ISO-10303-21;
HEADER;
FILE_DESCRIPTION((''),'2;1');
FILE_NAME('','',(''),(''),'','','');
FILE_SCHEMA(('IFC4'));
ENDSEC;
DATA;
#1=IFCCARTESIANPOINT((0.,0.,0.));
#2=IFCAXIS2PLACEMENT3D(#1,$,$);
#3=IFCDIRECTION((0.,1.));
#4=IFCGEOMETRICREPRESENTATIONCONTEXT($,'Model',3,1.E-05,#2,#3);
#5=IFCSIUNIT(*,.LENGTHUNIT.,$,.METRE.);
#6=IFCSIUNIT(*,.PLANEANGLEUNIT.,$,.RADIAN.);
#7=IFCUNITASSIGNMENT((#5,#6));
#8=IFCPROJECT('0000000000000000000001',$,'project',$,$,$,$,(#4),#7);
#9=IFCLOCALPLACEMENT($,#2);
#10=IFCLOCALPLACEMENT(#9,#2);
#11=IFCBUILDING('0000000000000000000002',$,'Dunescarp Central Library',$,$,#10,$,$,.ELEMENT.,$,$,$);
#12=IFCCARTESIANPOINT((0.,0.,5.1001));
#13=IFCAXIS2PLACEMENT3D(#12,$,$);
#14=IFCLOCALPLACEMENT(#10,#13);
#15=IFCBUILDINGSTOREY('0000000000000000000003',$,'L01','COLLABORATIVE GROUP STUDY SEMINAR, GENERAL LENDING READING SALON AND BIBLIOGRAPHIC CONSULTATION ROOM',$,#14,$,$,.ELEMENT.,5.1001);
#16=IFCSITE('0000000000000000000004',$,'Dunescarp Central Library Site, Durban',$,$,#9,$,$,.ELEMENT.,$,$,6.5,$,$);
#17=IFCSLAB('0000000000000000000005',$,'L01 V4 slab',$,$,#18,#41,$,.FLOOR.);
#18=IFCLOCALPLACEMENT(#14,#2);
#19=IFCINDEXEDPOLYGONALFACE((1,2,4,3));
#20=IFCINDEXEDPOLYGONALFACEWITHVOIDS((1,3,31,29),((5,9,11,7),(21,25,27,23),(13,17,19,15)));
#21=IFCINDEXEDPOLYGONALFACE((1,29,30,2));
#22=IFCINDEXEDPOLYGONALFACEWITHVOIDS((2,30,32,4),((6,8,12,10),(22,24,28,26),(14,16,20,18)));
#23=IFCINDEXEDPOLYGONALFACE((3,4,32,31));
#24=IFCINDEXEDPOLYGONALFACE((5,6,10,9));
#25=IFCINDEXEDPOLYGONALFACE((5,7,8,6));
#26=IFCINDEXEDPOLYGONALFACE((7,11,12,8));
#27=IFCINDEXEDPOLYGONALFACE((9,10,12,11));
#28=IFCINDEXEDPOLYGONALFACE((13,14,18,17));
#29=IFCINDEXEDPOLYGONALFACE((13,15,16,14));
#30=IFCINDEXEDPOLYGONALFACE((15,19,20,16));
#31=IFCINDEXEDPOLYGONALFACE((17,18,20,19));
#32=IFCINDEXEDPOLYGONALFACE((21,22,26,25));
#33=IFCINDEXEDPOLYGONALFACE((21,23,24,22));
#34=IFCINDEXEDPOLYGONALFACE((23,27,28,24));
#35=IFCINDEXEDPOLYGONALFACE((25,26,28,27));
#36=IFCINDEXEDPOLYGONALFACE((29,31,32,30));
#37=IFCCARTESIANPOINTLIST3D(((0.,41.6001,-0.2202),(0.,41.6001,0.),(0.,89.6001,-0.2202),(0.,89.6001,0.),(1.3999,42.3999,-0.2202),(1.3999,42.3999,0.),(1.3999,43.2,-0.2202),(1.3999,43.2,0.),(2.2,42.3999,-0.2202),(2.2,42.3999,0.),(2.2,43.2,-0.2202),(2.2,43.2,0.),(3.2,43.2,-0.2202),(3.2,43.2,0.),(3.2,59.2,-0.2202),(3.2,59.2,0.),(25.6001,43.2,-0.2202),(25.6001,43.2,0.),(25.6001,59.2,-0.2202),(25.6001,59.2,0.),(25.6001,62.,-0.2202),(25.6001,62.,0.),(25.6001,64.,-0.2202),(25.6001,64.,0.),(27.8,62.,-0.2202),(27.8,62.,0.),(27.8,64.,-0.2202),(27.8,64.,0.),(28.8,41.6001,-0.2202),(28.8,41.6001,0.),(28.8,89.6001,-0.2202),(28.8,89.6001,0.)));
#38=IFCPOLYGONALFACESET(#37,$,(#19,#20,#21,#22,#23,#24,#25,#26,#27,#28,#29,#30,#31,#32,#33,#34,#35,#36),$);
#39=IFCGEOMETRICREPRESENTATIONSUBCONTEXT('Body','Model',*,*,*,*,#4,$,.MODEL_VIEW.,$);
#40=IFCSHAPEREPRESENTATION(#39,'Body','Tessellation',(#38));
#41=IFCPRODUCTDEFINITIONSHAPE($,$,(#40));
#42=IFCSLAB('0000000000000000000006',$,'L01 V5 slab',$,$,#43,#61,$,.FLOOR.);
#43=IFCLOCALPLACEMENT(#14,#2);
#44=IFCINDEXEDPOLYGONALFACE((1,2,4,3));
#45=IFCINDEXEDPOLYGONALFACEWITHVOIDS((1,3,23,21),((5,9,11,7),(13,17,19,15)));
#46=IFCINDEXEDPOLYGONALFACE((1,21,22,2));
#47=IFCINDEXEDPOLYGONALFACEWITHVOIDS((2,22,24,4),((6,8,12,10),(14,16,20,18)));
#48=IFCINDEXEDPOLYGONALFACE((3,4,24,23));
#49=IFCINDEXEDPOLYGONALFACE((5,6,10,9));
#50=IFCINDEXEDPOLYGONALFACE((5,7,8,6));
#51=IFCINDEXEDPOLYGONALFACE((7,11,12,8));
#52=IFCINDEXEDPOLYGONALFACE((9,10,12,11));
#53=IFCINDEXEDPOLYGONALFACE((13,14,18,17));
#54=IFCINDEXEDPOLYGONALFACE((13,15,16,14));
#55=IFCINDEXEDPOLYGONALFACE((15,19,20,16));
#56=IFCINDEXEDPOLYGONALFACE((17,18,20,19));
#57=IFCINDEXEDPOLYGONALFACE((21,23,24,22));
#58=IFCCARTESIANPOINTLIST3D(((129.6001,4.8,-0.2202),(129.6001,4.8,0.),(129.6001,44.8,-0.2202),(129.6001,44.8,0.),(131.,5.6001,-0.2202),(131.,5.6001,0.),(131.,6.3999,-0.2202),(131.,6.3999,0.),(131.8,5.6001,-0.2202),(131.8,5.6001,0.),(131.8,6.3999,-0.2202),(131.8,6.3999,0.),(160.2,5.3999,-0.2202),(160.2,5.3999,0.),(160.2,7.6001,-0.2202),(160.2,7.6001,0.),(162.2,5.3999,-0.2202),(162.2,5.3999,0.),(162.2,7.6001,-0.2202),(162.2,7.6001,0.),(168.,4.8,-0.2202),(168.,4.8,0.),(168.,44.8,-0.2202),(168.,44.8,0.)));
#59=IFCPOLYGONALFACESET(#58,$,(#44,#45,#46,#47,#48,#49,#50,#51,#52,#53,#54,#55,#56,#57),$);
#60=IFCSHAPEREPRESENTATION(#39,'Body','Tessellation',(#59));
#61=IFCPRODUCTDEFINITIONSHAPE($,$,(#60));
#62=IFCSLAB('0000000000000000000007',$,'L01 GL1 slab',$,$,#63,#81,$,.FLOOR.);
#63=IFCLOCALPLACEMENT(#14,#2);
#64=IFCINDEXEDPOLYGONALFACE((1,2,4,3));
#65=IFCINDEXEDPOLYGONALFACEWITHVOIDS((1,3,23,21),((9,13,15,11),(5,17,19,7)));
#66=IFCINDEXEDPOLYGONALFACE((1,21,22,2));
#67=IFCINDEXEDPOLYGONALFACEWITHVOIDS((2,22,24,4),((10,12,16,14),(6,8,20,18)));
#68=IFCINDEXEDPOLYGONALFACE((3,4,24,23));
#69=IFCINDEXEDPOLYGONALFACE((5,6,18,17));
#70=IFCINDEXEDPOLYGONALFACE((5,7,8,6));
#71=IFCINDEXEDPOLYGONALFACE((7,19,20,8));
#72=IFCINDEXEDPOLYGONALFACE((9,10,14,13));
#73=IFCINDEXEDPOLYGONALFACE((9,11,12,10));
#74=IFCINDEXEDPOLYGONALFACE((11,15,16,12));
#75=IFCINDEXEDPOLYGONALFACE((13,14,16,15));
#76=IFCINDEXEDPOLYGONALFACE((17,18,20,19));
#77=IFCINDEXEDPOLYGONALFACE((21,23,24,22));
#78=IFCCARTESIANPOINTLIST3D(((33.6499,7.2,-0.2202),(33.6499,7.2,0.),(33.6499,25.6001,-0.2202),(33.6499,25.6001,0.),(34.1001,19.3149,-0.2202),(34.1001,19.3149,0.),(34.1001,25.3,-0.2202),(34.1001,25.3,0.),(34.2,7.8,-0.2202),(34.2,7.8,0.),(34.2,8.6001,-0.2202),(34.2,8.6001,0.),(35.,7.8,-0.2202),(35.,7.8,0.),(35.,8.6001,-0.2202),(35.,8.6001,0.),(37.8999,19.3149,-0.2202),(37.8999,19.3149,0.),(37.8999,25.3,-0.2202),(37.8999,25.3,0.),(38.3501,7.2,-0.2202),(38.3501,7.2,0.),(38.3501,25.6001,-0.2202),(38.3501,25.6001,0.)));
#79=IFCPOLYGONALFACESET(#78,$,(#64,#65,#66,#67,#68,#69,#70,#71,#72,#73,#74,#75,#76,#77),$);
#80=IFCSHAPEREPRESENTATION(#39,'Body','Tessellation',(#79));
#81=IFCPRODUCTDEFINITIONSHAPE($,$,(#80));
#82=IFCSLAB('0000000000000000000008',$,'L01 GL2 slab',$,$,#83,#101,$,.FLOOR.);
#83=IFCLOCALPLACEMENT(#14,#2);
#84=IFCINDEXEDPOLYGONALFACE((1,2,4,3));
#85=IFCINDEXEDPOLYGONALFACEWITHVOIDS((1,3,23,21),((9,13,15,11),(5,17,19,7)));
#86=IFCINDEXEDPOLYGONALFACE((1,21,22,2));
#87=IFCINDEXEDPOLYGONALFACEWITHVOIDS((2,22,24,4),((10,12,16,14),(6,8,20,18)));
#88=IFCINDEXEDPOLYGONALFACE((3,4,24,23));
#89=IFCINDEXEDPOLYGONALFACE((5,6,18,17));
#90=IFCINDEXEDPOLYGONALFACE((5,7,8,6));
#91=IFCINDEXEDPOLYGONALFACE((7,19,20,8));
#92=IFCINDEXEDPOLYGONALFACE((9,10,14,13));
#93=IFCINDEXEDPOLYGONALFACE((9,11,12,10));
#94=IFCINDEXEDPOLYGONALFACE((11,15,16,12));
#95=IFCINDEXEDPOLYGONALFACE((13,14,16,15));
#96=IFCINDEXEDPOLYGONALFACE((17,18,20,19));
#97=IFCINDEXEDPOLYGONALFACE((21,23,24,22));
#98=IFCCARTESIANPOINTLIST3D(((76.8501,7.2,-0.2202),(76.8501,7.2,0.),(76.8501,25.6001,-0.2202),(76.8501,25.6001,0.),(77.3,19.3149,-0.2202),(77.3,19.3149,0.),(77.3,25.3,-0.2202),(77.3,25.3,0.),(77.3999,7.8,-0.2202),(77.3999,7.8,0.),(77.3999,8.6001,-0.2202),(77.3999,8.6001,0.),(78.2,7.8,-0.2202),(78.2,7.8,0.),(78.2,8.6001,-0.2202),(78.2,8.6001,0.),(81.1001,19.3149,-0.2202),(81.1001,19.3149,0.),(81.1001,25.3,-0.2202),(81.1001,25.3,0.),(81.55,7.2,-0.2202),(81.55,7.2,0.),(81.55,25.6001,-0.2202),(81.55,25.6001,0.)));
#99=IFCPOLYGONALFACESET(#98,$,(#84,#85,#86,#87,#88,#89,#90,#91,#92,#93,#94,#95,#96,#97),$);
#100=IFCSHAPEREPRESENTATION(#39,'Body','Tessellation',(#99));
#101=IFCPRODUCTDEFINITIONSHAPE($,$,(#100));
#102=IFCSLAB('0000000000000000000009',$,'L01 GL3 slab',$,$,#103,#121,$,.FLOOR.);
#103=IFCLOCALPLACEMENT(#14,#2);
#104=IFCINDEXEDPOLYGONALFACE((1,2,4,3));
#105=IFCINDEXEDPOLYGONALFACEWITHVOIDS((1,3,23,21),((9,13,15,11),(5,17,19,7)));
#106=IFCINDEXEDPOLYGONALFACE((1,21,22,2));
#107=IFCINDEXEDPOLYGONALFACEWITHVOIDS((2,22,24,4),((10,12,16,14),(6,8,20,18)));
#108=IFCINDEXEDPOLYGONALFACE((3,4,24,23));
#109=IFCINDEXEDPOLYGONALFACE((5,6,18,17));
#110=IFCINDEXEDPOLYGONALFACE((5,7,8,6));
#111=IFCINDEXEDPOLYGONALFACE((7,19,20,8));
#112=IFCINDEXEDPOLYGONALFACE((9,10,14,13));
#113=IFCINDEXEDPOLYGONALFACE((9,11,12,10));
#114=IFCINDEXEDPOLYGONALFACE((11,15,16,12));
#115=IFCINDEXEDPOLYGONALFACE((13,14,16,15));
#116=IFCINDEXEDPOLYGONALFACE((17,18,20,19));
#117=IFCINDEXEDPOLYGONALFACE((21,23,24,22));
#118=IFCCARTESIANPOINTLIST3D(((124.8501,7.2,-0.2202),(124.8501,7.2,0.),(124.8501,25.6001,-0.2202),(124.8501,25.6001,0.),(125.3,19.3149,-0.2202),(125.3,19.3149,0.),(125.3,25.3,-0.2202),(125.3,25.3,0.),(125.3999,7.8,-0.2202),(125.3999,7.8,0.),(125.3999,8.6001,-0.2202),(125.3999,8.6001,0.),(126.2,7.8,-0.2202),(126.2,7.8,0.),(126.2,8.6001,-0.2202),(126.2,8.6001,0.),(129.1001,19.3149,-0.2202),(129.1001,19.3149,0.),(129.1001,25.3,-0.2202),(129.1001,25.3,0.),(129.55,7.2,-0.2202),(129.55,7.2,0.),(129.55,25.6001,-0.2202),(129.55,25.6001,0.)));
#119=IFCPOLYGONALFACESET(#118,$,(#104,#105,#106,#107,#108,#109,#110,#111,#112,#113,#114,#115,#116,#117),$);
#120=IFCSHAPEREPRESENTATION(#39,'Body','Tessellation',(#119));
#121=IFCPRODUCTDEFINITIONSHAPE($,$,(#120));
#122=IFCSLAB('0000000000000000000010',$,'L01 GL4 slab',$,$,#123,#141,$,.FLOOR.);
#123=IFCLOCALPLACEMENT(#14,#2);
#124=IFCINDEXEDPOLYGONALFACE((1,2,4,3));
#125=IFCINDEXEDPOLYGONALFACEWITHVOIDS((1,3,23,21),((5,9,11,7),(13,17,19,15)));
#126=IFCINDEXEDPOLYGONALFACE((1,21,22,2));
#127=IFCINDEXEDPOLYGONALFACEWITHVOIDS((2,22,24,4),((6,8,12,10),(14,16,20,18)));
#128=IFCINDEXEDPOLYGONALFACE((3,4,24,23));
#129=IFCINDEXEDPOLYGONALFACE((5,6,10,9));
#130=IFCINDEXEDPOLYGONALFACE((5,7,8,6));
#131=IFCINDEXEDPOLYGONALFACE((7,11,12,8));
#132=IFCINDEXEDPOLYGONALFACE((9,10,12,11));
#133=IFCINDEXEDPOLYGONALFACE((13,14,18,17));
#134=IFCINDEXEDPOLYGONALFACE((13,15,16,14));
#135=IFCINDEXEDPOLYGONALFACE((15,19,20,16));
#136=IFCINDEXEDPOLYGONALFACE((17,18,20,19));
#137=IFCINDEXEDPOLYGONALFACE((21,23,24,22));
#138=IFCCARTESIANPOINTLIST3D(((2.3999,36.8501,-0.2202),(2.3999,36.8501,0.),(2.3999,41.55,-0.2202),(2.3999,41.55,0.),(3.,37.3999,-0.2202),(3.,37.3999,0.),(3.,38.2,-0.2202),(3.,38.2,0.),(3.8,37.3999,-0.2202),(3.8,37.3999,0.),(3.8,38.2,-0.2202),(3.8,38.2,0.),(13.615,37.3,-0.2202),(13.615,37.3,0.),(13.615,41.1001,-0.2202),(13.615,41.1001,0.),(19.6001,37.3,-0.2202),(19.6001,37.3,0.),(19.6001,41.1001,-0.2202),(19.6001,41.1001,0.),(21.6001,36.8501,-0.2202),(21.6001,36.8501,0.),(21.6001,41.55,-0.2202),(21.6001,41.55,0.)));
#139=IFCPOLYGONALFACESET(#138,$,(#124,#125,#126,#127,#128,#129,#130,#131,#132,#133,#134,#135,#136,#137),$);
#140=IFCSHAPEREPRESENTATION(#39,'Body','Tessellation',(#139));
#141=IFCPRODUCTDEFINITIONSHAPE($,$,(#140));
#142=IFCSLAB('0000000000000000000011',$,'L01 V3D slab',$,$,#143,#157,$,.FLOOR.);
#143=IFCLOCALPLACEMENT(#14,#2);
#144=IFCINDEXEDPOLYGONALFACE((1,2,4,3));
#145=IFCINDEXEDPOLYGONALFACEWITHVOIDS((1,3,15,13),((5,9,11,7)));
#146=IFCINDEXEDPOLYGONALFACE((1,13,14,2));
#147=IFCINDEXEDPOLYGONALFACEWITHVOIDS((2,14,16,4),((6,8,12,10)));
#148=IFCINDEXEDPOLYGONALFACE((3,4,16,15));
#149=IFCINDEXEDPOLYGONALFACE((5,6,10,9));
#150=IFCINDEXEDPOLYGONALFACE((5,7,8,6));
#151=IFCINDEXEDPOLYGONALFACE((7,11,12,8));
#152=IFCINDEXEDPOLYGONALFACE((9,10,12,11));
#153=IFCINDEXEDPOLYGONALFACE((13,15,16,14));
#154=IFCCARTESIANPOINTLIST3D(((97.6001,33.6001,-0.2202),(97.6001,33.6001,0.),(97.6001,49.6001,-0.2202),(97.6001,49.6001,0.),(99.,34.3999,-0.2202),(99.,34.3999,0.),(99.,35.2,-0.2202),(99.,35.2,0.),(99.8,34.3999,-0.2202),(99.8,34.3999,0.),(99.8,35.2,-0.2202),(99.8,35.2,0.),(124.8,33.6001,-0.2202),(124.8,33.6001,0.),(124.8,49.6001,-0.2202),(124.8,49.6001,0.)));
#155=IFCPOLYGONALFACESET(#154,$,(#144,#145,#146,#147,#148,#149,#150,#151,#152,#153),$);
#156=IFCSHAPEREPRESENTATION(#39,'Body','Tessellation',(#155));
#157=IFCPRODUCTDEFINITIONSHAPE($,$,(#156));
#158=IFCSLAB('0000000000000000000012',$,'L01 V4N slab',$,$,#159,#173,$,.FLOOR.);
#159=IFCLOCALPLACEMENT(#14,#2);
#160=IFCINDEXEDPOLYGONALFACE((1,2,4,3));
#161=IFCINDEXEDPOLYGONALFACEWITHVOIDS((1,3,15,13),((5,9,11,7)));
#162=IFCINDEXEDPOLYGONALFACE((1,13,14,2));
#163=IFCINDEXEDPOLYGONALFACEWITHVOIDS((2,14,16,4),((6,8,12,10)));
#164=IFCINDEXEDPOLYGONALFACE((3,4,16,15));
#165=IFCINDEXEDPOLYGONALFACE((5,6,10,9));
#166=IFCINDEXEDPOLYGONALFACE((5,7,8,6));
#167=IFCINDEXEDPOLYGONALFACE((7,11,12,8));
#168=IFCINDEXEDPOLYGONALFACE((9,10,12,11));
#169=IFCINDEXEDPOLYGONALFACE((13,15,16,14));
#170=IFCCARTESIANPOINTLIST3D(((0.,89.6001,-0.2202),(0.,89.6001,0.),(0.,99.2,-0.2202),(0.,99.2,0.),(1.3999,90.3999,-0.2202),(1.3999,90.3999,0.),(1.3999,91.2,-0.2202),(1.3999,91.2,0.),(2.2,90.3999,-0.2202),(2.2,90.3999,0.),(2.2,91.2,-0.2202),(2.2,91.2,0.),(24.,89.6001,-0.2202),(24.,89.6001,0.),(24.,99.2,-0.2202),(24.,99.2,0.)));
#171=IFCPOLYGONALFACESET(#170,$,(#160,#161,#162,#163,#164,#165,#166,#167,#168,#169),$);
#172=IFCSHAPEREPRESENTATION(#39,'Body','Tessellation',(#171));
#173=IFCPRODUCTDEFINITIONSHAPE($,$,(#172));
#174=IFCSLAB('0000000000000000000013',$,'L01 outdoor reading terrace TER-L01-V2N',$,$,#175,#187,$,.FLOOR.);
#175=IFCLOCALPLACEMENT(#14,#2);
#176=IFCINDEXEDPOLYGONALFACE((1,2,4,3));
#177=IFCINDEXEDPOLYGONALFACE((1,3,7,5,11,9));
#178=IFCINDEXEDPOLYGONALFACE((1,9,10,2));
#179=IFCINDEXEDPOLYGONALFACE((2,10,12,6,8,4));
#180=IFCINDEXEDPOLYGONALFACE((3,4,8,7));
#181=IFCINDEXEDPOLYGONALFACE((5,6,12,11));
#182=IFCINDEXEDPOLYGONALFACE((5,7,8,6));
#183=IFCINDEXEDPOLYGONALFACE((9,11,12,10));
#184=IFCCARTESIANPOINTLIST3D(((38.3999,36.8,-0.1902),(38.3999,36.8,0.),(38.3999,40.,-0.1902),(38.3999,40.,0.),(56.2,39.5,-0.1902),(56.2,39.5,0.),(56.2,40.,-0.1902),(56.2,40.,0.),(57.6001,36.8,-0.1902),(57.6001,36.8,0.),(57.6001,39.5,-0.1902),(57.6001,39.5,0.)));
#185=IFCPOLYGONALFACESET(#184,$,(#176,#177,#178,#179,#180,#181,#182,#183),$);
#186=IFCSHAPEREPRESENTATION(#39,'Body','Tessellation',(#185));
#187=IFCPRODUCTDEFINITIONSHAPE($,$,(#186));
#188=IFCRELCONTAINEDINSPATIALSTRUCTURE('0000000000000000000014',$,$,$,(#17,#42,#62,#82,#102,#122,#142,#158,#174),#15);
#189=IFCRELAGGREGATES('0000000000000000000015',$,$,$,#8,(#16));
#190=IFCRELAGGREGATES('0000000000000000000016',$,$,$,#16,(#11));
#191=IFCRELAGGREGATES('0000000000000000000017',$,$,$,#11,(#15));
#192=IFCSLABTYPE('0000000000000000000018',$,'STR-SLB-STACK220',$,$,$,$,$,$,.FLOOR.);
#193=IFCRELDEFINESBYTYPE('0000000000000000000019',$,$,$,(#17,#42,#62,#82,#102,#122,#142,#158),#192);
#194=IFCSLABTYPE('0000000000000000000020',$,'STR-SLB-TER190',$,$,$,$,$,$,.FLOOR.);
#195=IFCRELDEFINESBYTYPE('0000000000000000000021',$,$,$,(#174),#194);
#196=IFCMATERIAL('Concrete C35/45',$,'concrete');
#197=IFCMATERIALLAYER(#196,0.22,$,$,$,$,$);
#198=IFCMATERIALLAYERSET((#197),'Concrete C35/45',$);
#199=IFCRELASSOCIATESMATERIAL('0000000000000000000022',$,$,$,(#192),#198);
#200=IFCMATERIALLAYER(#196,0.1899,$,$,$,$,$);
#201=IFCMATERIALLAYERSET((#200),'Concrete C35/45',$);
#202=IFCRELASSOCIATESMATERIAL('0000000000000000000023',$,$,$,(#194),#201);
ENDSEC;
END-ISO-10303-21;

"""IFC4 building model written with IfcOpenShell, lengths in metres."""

from ifc_helpers import new_model, si_unit, direction, frame, origin, place, context, subcontext, project, spatial, polyline, outline, extrude, material, layer, layer_set, type_object, element, save


model = new_model("IFC4")

# Units and contexts
model_context = context("Model", 3, precision=1e-05, world=origin(), true_north=direction((0.0, 1.0)))
body_context = subcontext(model_context, "Body", "Model", "MODEL_VIEW")
ifc_project = project(units=[si_unit("LENGTHUNIT", "METRE"), si_unit("PLANEANGLEUNIT", "RADIAN")], contexts=[model_context])

# Site, building, storey
site_placement = place(None, origin())
site = spatial("IfcSite", under=ifc_project, at=site_placement, Name="Dunescarp Central Library Site, Durban", CompositionType="ELEMENT", RefElevation=6.5)
building_placement = place(site_placement, origin())
building = spatial("IfcBuilding", under=site, at=building_placement, Name="Dunescarp Central Library", CompositionType="ELEMENT")
storey_placement = place(building_placement, frame((0.0, 0.0, 5.1001)))
storey = spatial("IfcBuildingStorey", under=building, at=storey_placement, Name="L01", Description="COLLABORATIVE GROUP STUDY SEMINAR, GENERAL LENDING READING SALON AND BIBLIOGRAPHIC CONSULTATION ROOM", CompositionType="ELEMENT", Elevation=5.1001)

# Shared definitions
ifc_material_1 = material(Name="Concrete C35/45", Category="concrete")

# Slabs
ifc_layer_1 = layer(ifc_material_1, 0.22)
ifc_layer_set_1 = layer_set([ifc_layer_1], Name="Concrete C35/45")
slab_type_1 = type_object("IfcSlabType", Name="STR-SLB-STACK220", PredefinedType="FLOOR", material=ifc_layer_set_1)
slab_1_placement = place(storey_placement, frame((0.0, 0.0, -0.2202)))
element("IfcSlab", 1, at=slab_1_placement, inside=storey, type_object=slab_type_1, Name="L01 V4 slab", PredefinedType="FLOOR", context=body_context, shape_type="SweptSolid", body=[
    extrude(outline(polyline([(0.0, 41.6001), (28.8, 41.6001), (28.8, 89.6001), (0.0, 89.6001), (0.0, 41.6001)]), holes=[polyline([(25.6001, 62.0), (27.8, 62.0), (27.8, 64.0), (25.6001, 64.0), (25.6001, 62.0)]), polyline([(3.2, 43.2), (25.6001, 43.2), (25.6001, 59.2), (3.2, 59.2), (3.2, 43.2)]), polyline([(1.3999, 42.3999), (2.2, 42.3999), (2.2, 43.2), (1.3999, 43.2), (1.3999, 42.3999)])]), origin(), (0.0, 0.0, 1.0), 0.2202),
])
slab_2_placement = place(storey_placement, frame((0.0, 0.0, -0.2202)))
element("IfcSlab", 2, at=slab_2_placement, inside=storey, type_object=slab_type_1, Name="L01 V5 slab", PredefinedType="FLOOR", context=body_context, shape_type="SweptSolid", body=[
    extrude(outline(polyline([(129.6001, 4.8), (168.0, 4.8), (168.0, 44.8), (129.6001, 44.8), (129.6001, 4.8)]), holes=[polyline([(160.2, 5.3999), (162.2, 5.3999), (162.2, 7.6001), (160.2, 7.6001), (160.2, 5.3999)]), polyline([(131.0, 5.6001), (131.8, 5.6001), (131.8, 6.3999), (131.0, 6.3999), (131.0, 5.6001)])]), origin(), (0.0, 0.0, 1.0), 0.2202),
])
slab_3_placement = place(storey_placement, frame((0.0, 0.0, -0.2202)))
element("IfcSlab", 3, at=slab_3_placement, inside=storey, type_object=slab_type_1, Name="L01 GL1 slab", PredefinedType="FLOOR", context=body_context, shape_type="SweptSolid", body=[
    extrude(outline(polyline([(33.6499, 7.2), (38.3501, 7.2), (38.3501, 25.6001), (33.6499, 25.6001), (33.6499, 7.2)]), holes=[polyline([(34.1001, 19.3149), (37.8999, 19.3149), (37.8999, 25.3), (34.1001, 25.3), (34.1001, 19.3149)]), polyline([(34.2, 7.8), (35.0, 7.8), (35.0, 8.6001), (34.2, 8.6001), (34.2, 7.8)])]), origin(), (0.0, 0.0, 1.0), 0.2202),
])
slab_4_placement = place(storey_placement, frame((0.0, 0.0, -0.2202)))
element("IfcSlab", 4, at=slab_4_placement, inside=storey, type_object=slab_type_1, Name="L01 GL2 slab", PredefinedType="FLOOR", context=body_context, shape_type="SweptSolid", body=[
    extrude(outline(polyline([(76.8501, 7.2), (81.55, 7.2), (81.55, 25.6001), (76.8501, 25.6001), (76.8501, 7.2)]), holes=[polyline([(77.3, 19.3149), (81.1001, 19.3149), (81.1001, 25.3), (77.3, 25.3), (77.3, 19.3149)]), polyline([(77.3999, 7.8), (78.2, 7.8), (78.2, 8.6001), (77.3999, 8.6001), (77.3999, 7.8)])]), origin(), (0.0, 0.0, 1.0), 0.2202),
])
slab_5_placement = place(storey_placement, frame((0.0, 0.0, -0.2202)))
element("IfcSlab", 5, at=slab_5_placement, inside=storey, type_object=slab_type_1, Name="L01 GL3 slab", PredefinedType="FLOOR", context=body_context, shape_type="SweptSolid", body=[
    extrude(outline(polyline([(124.8501, 7.2), (129.55, 7.2), (129.55, 25.6001), (124.8501, 25.6001), (124.8501, 7.2)]), holes=[polyline([(125.3, 19.3149), (129.1001, 19.3149), (129.1001, 25.3), (125.3, 25.3), (125.3, 19.3149)]), polyline([(125.3999, 7.8), (126.2, 7.8), (126.2, 8.6001), (125.3999, 8.6001), (125.3999, 7.8)])]), origin(), (0.0, 0.0, 1.0), 0.2202),
])
slab_6_placement = place(storey_placement, frame((0.0, 0.0, -0.2202)))
element("IfcSlab", 6, at=slab_6_placement, inside=storey, type_object=slab_type_1, Name="L01 GL4 slab", PredefinedType="FLOOR", context=body_context, shape_type="SweptSolid", body=[
    extrude(outline(polyline([(2.3999, 36.8501), (21.6001, 36.8501), (21.6001, 41.55), (2.3999, 41.55), (2.3999, 36.8501)]), holes=[polyline([(13.615, 37.3), (19.6001, 37.3), (19.6001, 41.1001), (13.615, 41.1001), (13.615, 37.3)]), polyline([(3.0, 37.3999), (3.8, 37.3999), (3.8, 38.2), (3.0, 38.2), (3.0, 37.3999)])]), origin(), (0.0, 0.0, 1.0), 0.2202),
])
slab_7_placement = place(storey_placement, frame((0.0, 0.0, -0.2202)))
element("IfcSlab", 7, at=slab_7_placement, inside=storey, type_object=slab_type_1, Name="L01 V3D slab", PredefinedType="FLOOR", context=body_context, shape_type="SweptSolid", body=[
    extrude(outline(polyline([(97.6001, 33.6001), (124.8, 33.6001), (124.8, 49.6001), (97.6001, 49.6001), (97.6001, 33.6001)]), holes=[polyline([(99.0, 34.3999), (99.8, 34.3999), (99.8, 35.2), (99.0, 35.2), (99.0, 34.3999)])]), origin(), (0.0, 0.0, 1.0), 0.2202),
])
slab_8_placement = place(storey_placement, frame((0.0, 0.0, -0.2202)))
element("IfcSlab", 8, at=slab_8_placement, inside=storey, type_object=slab_type_1, Name="L01 V4N slab", PredefinedType="FLOOR", context=body_context, shape_type="SweptSolid", body=[
    extrude(outline(polyline([(0.0, 89.6001), (24.0, 89.6001), (24.0, 99.2), (0.0, 99.2), (0.0, 89.6001)]), holes=[polyline([(1.3999, 90.3999), (2.2, 90.3999), (2.2, 91.2), (1.3999, 91.2), (1.3999, 90.3999)])]), origin(), (0.0, 0.0, 1.0), 0.2202),
])
ifc_layer_2 = layer(ifc_material_1, 0.1899)
ifc_layer_set_2 = layer_set([ifc_layer_2], Name="Concrete C35/45")
slab_type_2 = type_object("IfcSlabType", Name="STR-SLB-TER190", PredefinedType="FLOOR", material=ifc_layer_set_2)
slab_9_placement = place(storey_placement, frame((0.0, 0.0, -0.1902)))
element("IfcSlab", 9, at=slab_9_placement, inside=storey, type_object=slab_type_2, Name="L01 outdoor reading terrace TER-L01-V2N", PredefinedType="FLOOR", context=body_context, shape_type="SweptSolid", body=[
    extrude(outline(polyline([(38.3999, 36.8), (57.6001, 36.8), (57.6001, 39.5), (56.2, 39.5), (56.2, 40.0), (38.3999, 40.0), (38.3999, 36.8)])), origin(), (0.0, 0.0, 1.0), 0.1902),
])

save(model, "model.ifc")
